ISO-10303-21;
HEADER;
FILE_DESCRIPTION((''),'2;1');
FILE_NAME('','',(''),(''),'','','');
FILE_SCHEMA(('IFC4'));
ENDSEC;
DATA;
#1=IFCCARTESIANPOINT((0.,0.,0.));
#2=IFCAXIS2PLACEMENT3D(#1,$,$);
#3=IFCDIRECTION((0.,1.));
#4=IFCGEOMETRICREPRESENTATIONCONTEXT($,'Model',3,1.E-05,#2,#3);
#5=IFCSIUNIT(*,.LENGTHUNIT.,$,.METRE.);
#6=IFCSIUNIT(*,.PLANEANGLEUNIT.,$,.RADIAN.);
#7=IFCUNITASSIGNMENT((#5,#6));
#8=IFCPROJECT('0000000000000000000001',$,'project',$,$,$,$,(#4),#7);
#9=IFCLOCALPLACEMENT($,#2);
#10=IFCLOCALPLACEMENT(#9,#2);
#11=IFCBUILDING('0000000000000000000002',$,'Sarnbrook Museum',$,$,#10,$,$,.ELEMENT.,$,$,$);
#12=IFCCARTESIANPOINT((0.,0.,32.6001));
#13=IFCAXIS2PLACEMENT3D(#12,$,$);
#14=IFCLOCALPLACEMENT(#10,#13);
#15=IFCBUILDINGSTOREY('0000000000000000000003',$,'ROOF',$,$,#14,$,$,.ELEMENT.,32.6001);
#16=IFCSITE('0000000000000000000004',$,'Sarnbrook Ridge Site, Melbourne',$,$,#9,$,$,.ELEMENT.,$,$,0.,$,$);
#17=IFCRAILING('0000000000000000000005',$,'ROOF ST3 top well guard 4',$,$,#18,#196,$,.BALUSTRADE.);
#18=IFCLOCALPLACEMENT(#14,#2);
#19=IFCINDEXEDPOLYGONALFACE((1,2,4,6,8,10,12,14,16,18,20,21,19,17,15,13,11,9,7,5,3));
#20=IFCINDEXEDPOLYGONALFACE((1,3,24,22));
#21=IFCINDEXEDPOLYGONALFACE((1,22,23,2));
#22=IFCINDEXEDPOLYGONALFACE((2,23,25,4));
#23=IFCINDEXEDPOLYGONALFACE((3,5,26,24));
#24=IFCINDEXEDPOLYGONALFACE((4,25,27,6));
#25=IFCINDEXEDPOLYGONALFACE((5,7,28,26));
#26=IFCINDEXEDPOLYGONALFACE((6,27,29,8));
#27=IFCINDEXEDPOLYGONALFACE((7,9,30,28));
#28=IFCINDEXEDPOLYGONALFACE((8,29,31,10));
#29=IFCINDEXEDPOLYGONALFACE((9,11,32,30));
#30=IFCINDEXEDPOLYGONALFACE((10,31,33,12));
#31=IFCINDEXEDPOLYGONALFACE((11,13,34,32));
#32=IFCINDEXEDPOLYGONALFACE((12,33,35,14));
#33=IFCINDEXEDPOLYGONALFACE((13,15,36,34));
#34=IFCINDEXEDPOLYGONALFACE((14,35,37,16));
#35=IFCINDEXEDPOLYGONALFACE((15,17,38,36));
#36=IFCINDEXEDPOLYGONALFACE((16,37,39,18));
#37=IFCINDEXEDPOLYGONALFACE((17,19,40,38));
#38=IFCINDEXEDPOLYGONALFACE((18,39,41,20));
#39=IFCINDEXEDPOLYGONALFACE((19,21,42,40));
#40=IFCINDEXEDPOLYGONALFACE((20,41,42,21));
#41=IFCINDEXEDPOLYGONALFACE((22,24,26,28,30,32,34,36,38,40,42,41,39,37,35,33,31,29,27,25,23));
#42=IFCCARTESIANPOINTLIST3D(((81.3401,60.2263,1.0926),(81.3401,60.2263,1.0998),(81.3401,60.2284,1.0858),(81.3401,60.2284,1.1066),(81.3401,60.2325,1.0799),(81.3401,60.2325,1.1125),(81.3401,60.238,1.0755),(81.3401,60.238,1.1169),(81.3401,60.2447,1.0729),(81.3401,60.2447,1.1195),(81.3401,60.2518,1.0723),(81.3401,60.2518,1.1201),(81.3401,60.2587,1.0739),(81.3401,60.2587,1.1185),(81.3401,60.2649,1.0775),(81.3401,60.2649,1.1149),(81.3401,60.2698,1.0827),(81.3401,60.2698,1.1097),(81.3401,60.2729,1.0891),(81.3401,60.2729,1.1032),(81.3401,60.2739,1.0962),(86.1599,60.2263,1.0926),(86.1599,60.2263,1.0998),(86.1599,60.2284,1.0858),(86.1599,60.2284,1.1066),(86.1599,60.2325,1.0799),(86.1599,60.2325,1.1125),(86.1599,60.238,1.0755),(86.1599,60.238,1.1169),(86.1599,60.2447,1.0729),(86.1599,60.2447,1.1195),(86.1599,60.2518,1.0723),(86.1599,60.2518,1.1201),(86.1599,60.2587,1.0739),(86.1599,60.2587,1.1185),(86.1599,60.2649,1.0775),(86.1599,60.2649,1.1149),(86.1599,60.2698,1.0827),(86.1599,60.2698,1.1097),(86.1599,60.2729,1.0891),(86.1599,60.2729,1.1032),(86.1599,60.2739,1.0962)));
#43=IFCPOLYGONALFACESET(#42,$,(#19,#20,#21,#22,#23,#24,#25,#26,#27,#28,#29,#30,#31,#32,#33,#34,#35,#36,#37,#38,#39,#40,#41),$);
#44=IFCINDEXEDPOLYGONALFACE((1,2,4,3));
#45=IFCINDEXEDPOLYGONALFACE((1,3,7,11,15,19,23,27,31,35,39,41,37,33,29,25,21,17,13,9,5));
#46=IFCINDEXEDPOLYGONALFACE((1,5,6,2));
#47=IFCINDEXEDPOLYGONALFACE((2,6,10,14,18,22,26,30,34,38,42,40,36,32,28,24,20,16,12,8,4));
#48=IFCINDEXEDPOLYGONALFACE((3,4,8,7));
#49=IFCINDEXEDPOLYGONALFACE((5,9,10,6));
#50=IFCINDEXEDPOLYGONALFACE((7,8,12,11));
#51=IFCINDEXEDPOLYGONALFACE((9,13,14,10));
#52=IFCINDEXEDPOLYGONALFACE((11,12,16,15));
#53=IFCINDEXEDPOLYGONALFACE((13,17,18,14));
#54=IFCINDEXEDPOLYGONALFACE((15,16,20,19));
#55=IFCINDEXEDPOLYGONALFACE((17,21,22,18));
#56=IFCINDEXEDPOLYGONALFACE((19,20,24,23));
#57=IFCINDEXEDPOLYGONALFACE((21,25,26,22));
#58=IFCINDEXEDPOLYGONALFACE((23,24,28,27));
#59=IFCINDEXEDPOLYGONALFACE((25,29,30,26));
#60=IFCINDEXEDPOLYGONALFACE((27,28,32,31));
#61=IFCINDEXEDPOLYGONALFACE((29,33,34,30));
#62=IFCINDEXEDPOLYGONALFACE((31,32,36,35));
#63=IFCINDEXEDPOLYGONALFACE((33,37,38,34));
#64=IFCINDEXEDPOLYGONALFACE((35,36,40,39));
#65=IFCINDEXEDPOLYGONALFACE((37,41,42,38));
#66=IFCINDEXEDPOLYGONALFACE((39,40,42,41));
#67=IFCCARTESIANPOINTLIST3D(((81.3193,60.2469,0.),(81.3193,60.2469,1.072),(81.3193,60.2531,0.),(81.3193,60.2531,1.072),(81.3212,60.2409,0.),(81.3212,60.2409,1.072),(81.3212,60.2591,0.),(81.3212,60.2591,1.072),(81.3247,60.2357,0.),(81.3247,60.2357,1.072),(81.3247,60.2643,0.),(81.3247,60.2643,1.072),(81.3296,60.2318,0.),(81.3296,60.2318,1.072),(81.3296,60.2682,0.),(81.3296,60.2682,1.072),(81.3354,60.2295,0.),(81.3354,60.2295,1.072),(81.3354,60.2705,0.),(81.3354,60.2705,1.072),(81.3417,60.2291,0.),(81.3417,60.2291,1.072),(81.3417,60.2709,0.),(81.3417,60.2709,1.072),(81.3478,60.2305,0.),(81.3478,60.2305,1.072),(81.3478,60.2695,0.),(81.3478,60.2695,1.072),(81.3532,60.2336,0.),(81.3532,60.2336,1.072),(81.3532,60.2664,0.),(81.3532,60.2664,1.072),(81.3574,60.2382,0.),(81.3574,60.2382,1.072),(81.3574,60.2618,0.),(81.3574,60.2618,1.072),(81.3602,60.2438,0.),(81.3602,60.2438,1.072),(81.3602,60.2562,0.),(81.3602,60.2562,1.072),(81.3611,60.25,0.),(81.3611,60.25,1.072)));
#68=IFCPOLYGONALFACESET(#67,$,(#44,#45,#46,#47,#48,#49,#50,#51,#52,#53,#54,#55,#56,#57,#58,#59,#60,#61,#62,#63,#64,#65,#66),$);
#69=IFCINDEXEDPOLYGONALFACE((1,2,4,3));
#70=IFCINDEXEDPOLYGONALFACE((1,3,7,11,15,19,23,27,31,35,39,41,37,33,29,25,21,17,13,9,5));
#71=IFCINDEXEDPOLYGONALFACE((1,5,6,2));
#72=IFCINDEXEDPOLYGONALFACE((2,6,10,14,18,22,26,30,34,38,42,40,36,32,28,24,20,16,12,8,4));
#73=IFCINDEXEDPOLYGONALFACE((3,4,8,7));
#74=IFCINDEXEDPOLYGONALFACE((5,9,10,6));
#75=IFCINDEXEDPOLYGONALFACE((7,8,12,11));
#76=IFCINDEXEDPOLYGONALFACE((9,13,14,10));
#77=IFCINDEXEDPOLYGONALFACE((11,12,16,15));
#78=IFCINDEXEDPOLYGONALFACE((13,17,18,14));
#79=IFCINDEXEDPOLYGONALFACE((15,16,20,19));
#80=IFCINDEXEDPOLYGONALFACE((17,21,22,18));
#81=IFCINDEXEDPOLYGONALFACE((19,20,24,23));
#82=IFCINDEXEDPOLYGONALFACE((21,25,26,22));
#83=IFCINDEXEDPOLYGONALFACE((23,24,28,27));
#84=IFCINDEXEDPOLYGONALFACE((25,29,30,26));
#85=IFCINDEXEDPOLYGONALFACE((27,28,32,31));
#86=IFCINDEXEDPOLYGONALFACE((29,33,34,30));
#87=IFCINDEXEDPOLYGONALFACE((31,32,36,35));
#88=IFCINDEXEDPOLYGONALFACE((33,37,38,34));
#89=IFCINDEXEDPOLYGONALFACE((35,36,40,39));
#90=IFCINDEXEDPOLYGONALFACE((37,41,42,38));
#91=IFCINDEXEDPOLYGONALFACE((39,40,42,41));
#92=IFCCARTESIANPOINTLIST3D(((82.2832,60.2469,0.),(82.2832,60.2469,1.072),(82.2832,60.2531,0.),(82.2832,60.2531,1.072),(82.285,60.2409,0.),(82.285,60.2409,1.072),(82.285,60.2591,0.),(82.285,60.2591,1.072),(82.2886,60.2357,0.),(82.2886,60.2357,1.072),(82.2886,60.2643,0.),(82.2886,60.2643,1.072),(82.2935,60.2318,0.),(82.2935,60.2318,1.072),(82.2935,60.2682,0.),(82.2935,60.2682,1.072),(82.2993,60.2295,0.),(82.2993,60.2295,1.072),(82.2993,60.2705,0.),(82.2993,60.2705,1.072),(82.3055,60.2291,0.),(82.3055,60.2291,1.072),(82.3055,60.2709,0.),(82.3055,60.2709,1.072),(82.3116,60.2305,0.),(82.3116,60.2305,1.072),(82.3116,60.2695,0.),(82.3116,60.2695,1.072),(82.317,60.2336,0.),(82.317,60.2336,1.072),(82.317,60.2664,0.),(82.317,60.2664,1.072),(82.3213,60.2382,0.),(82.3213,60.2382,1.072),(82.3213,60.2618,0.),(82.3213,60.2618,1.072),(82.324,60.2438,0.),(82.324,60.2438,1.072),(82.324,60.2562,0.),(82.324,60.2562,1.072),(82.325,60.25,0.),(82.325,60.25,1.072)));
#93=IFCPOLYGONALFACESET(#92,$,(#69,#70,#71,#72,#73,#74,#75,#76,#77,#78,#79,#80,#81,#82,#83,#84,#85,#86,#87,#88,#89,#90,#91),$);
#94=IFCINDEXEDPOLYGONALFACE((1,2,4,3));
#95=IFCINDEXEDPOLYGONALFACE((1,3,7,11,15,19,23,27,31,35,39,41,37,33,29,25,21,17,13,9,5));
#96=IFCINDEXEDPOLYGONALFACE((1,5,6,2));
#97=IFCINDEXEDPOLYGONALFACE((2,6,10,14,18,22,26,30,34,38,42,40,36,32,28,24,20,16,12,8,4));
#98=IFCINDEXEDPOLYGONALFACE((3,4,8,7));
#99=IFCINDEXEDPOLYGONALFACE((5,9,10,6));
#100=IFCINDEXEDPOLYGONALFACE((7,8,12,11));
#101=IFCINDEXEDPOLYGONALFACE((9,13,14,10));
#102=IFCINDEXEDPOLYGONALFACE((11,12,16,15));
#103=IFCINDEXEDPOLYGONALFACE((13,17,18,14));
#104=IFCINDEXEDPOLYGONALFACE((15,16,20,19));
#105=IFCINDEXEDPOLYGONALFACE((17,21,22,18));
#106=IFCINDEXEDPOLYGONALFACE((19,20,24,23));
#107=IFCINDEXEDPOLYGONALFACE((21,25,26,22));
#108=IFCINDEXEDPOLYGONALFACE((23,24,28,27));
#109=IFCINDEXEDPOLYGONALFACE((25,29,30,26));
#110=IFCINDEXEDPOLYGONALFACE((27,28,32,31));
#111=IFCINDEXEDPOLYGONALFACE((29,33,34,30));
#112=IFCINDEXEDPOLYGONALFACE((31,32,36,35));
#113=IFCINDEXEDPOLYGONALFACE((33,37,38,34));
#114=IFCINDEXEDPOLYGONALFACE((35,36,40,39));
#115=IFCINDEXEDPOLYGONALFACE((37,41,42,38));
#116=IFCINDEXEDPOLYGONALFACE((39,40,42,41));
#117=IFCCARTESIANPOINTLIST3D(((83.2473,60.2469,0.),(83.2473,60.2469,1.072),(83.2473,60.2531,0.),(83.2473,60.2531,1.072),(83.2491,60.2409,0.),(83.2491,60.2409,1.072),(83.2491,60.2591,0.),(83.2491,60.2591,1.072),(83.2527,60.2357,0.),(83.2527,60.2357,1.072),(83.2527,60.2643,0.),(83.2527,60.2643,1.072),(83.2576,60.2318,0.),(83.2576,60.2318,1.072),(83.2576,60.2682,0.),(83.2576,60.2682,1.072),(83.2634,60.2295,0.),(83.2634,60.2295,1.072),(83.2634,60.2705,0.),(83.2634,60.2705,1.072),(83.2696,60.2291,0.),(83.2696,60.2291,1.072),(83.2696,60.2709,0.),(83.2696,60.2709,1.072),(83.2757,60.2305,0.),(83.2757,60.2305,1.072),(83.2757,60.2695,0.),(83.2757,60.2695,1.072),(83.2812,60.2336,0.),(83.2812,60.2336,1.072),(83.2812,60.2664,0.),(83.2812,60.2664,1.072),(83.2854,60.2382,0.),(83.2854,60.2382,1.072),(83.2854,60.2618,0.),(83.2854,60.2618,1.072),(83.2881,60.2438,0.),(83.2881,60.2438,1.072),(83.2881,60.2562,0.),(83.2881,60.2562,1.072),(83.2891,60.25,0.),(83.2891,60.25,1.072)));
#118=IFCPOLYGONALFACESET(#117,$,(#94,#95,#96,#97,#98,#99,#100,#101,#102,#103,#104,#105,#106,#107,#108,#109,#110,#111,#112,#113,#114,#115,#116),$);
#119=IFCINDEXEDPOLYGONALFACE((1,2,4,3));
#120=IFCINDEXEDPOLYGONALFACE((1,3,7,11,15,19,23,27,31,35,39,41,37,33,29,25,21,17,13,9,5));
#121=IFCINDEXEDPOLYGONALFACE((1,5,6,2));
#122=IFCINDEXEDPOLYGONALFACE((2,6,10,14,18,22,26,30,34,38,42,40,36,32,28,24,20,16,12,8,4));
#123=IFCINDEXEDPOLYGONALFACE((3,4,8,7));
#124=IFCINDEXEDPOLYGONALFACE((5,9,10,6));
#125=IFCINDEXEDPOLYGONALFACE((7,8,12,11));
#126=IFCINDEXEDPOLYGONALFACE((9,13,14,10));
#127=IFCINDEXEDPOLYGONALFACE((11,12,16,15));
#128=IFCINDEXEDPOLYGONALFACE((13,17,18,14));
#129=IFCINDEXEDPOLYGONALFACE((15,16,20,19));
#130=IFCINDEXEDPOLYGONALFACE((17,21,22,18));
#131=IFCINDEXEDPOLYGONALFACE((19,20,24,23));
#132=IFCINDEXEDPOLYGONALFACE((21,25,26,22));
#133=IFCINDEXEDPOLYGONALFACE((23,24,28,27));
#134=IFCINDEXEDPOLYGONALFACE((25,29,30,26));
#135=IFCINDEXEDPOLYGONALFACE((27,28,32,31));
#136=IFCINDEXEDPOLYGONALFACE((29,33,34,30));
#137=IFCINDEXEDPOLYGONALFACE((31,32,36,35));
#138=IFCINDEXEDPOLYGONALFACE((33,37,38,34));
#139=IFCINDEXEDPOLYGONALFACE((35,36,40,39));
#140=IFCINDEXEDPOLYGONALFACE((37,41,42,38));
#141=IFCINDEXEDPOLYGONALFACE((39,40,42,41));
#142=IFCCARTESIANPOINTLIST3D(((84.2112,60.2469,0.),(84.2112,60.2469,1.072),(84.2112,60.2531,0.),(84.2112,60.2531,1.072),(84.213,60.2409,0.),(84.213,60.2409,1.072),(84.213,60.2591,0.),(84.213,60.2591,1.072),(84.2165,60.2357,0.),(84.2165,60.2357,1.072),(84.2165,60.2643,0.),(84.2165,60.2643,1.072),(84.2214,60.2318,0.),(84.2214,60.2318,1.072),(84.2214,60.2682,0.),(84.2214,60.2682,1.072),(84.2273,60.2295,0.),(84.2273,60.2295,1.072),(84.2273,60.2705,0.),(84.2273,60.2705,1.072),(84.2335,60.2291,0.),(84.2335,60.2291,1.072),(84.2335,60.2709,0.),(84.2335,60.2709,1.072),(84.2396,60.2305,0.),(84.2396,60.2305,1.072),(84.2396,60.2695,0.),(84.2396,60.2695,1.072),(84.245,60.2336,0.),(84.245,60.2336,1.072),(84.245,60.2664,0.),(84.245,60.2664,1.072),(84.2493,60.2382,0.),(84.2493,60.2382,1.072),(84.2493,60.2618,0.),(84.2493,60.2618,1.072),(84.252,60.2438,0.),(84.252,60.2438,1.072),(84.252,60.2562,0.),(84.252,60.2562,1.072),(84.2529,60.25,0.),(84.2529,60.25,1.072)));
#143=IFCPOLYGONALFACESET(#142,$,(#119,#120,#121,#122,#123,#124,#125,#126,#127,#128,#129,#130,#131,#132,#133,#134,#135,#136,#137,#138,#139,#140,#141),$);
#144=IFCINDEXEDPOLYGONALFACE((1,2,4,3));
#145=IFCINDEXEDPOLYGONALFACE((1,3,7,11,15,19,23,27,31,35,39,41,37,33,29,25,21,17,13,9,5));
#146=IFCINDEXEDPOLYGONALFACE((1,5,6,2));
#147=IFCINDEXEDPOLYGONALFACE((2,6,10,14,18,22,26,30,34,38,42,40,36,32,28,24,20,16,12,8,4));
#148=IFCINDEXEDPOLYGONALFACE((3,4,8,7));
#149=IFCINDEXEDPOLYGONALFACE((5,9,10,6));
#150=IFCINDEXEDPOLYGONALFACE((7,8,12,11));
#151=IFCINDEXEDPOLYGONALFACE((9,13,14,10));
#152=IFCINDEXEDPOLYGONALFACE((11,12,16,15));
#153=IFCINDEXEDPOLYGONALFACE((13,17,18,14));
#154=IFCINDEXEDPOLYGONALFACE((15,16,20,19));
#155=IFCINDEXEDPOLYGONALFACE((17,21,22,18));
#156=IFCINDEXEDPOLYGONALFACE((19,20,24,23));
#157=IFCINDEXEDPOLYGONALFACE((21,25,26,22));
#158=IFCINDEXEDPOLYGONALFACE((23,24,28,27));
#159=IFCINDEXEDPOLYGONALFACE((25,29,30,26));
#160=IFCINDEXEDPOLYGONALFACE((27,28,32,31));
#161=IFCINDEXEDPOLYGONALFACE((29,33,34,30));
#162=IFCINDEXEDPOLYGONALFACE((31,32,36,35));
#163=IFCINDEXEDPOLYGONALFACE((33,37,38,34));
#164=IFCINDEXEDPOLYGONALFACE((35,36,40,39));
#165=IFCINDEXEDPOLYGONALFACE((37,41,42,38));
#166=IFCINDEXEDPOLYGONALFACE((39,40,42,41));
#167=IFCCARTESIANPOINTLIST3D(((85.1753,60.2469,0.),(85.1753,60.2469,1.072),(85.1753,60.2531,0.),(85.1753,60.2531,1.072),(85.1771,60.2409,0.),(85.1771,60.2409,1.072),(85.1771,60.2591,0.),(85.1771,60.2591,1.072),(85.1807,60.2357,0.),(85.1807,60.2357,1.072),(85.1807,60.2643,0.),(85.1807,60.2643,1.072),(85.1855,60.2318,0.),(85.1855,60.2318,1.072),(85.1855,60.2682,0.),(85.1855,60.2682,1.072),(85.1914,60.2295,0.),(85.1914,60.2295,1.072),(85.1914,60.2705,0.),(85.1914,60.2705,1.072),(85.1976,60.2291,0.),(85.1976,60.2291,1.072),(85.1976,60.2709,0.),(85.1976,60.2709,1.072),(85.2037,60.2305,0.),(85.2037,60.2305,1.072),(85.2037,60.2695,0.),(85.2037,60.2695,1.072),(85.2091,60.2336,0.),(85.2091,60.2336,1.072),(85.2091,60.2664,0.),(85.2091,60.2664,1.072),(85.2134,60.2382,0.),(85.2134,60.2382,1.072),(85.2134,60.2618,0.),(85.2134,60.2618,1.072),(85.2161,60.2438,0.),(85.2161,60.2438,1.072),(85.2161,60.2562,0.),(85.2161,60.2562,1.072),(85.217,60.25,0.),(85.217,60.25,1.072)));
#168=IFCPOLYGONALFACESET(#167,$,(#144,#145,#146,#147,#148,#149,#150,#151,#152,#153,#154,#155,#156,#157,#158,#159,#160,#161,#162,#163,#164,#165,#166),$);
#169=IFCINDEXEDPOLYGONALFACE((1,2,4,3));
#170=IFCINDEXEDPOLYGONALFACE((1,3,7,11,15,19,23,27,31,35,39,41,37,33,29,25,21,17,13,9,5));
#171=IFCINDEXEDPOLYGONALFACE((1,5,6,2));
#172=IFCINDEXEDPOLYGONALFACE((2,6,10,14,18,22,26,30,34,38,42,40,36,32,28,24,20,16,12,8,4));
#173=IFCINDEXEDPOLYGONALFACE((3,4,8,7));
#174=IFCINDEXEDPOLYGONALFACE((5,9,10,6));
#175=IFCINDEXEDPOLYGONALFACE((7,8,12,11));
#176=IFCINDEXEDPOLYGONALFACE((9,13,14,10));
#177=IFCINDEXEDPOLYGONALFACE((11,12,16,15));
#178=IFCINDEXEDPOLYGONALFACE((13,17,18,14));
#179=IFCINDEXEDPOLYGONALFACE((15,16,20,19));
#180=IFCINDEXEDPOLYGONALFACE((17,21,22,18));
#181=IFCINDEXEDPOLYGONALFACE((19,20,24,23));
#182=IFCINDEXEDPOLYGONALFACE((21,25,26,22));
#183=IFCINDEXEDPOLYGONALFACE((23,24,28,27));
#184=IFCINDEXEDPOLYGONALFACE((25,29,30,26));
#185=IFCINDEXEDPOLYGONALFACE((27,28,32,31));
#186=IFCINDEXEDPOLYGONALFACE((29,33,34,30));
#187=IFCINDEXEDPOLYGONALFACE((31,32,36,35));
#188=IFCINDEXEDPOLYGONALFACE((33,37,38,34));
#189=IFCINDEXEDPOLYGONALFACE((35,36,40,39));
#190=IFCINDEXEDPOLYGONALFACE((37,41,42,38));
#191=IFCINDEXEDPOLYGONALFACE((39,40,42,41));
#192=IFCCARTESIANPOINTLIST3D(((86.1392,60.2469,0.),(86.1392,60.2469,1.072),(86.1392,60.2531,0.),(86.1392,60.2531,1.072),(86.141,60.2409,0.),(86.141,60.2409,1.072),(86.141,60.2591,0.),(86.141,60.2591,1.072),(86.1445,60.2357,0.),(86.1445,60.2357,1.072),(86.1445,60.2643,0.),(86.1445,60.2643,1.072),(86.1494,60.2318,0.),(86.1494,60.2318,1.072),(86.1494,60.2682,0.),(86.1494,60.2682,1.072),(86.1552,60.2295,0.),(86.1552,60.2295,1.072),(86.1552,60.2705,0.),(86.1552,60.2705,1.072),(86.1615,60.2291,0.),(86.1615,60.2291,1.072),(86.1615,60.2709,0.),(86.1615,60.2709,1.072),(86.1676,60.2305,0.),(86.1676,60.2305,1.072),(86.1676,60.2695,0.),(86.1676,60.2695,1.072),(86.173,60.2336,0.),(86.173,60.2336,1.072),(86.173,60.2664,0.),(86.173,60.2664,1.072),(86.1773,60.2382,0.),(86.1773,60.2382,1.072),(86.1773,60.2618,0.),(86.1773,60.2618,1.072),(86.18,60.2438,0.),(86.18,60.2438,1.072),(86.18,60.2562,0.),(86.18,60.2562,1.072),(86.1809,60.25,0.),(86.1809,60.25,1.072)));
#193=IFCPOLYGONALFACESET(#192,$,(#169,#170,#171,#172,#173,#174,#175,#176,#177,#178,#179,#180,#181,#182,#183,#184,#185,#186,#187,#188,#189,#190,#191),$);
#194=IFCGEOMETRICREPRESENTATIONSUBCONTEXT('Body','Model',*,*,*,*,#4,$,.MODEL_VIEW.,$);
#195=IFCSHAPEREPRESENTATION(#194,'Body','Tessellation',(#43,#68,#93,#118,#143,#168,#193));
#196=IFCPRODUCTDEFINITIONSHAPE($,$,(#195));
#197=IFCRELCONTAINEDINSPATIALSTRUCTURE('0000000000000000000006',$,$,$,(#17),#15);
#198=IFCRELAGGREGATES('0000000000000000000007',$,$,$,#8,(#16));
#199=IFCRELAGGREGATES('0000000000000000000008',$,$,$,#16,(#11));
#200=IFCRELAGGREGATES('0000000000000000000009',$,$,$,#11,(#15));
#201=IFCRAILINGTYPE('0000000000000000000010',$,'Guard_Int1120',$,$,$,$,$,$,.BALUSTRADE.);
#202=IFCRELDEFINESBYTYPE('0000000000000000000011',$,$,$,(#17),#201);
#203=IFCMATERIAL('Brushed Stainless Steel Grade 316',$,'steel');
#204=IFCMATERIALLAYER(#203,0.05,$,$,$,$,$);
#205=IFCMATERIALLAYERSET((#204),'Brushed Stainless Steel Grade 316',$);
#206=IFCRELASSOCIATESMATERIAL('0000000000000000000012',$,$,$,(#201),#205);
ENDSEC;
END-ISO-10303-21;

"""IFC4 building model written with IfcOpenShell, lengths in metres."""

from ifc_helpers import new_model, si_unit, direction, frame, origin, origin_2d, place, context, subcontext, project, spatial, circle, extrude, material, layer, layer_set, type_object, element, save


model = new_model("IFC4")

# Units and contexts
model_context = context("Model", 3, precision=1e-05, world=origin(), true_north=direction((0.0, 1.0)))
body_context = subcontext(model_context, "Body", "Model", "MODEL_VIEW")
ifc_project = project(units=[si_unit("LENGTHUNIT", "METRE"), si_unit("PLANEANGLEUNIT", "RADIAN")], contexts=[model_context])

# Site, building, storey
site_placement = place(None, origin())
site = spatial("IfcSite", under=ifc_project, at=site_placement, Name="Sarnbrook Ridge Site, Melbourne", CompositionType="ELEMENT", RefElevation=0.0)
building_placement = place(site_placement, origin())
building = spatial("IfcBuilding", under=site, at=building_placement, Name="Sarnbrook Museum", CompositionType="ELEMENT")
storey_placement = place(building_placement, frame((0.0, 0.0, 32.6001)))
storey = spatial("IfcBuildingStorey", under=building, at=storey_placement, Name="ROOF", CompositionType="ELEMENT", Elevation=32.6001)

# Shared definitions
ifc_material_1 = material(Name="Brushed Stainless Steel Grade 316", Category="steel")

# Railing
ifc_layer_1 = layer(ifc_material_1, 0.05)
ifc_layer_set_1 = layer_set([ifc_layer_1], Name="Brushed Stainless Steel Grade 316")
railing_type = type_object("IfcRailingType", Name="Guard_Int1120", PredefinedType="BALUSTRADE", material=ifc_layer_set_1)
railing_1_placement = place(storey_placement, frame((81.3401, 60.25, 0.0)))
element("IfcRailing", 1, at=railing_1_placement, inside=storey, type_object=railing_type, Name="ROOF ST3 top well guard 4", PredefinedType="BALUSTRADE", context=body_context, shape_type="SweptSolid", body=[
    extrude(circle(Radius=0.0239, at=origin_2d()), frame((0.0, 0.0, 1.0962), z_axis=(1.0, 0.0, 0.0), x_axis=(0.0, 1.0, 0.0)), (0.0, 0.0, 1.0), 4.8198),
    extrude(circle(Radius=0.021, at=origin_2d()), origin(), (0.0, 0.0, 1.0), 1.072),
    extrude(circle(Radius=0.021, at=origin_2d()), frame((0.9639, 0.0, 0.0)), (0.0, 0.0, 1.0), 1.072),
    extrude(circle(Radius=0.021, at=origin_2d()), frame((1.928, 0.0, 0.0)), (0.0, 0.0, 1.0), 1.072),
    extrude(circle(Radius=0.021, at=origin_2d()), frame((2.8918, 0.0, 0.0)), (0.0, 0.0, 1.0), 1.072),
    extrude(circle(Radius=0.021, at=origin_2d()), frame((3.856, 0.0, 0.0)), (0.0, 0.0, 1.0), 1.072),
    extrude(circle(Radius=0.021, at=origin_2d()), frame((4.8198, 0.0, 0.0)), (0.0, 0.0, 1.0), 1.072),
])

save(model, "model.ifc")
